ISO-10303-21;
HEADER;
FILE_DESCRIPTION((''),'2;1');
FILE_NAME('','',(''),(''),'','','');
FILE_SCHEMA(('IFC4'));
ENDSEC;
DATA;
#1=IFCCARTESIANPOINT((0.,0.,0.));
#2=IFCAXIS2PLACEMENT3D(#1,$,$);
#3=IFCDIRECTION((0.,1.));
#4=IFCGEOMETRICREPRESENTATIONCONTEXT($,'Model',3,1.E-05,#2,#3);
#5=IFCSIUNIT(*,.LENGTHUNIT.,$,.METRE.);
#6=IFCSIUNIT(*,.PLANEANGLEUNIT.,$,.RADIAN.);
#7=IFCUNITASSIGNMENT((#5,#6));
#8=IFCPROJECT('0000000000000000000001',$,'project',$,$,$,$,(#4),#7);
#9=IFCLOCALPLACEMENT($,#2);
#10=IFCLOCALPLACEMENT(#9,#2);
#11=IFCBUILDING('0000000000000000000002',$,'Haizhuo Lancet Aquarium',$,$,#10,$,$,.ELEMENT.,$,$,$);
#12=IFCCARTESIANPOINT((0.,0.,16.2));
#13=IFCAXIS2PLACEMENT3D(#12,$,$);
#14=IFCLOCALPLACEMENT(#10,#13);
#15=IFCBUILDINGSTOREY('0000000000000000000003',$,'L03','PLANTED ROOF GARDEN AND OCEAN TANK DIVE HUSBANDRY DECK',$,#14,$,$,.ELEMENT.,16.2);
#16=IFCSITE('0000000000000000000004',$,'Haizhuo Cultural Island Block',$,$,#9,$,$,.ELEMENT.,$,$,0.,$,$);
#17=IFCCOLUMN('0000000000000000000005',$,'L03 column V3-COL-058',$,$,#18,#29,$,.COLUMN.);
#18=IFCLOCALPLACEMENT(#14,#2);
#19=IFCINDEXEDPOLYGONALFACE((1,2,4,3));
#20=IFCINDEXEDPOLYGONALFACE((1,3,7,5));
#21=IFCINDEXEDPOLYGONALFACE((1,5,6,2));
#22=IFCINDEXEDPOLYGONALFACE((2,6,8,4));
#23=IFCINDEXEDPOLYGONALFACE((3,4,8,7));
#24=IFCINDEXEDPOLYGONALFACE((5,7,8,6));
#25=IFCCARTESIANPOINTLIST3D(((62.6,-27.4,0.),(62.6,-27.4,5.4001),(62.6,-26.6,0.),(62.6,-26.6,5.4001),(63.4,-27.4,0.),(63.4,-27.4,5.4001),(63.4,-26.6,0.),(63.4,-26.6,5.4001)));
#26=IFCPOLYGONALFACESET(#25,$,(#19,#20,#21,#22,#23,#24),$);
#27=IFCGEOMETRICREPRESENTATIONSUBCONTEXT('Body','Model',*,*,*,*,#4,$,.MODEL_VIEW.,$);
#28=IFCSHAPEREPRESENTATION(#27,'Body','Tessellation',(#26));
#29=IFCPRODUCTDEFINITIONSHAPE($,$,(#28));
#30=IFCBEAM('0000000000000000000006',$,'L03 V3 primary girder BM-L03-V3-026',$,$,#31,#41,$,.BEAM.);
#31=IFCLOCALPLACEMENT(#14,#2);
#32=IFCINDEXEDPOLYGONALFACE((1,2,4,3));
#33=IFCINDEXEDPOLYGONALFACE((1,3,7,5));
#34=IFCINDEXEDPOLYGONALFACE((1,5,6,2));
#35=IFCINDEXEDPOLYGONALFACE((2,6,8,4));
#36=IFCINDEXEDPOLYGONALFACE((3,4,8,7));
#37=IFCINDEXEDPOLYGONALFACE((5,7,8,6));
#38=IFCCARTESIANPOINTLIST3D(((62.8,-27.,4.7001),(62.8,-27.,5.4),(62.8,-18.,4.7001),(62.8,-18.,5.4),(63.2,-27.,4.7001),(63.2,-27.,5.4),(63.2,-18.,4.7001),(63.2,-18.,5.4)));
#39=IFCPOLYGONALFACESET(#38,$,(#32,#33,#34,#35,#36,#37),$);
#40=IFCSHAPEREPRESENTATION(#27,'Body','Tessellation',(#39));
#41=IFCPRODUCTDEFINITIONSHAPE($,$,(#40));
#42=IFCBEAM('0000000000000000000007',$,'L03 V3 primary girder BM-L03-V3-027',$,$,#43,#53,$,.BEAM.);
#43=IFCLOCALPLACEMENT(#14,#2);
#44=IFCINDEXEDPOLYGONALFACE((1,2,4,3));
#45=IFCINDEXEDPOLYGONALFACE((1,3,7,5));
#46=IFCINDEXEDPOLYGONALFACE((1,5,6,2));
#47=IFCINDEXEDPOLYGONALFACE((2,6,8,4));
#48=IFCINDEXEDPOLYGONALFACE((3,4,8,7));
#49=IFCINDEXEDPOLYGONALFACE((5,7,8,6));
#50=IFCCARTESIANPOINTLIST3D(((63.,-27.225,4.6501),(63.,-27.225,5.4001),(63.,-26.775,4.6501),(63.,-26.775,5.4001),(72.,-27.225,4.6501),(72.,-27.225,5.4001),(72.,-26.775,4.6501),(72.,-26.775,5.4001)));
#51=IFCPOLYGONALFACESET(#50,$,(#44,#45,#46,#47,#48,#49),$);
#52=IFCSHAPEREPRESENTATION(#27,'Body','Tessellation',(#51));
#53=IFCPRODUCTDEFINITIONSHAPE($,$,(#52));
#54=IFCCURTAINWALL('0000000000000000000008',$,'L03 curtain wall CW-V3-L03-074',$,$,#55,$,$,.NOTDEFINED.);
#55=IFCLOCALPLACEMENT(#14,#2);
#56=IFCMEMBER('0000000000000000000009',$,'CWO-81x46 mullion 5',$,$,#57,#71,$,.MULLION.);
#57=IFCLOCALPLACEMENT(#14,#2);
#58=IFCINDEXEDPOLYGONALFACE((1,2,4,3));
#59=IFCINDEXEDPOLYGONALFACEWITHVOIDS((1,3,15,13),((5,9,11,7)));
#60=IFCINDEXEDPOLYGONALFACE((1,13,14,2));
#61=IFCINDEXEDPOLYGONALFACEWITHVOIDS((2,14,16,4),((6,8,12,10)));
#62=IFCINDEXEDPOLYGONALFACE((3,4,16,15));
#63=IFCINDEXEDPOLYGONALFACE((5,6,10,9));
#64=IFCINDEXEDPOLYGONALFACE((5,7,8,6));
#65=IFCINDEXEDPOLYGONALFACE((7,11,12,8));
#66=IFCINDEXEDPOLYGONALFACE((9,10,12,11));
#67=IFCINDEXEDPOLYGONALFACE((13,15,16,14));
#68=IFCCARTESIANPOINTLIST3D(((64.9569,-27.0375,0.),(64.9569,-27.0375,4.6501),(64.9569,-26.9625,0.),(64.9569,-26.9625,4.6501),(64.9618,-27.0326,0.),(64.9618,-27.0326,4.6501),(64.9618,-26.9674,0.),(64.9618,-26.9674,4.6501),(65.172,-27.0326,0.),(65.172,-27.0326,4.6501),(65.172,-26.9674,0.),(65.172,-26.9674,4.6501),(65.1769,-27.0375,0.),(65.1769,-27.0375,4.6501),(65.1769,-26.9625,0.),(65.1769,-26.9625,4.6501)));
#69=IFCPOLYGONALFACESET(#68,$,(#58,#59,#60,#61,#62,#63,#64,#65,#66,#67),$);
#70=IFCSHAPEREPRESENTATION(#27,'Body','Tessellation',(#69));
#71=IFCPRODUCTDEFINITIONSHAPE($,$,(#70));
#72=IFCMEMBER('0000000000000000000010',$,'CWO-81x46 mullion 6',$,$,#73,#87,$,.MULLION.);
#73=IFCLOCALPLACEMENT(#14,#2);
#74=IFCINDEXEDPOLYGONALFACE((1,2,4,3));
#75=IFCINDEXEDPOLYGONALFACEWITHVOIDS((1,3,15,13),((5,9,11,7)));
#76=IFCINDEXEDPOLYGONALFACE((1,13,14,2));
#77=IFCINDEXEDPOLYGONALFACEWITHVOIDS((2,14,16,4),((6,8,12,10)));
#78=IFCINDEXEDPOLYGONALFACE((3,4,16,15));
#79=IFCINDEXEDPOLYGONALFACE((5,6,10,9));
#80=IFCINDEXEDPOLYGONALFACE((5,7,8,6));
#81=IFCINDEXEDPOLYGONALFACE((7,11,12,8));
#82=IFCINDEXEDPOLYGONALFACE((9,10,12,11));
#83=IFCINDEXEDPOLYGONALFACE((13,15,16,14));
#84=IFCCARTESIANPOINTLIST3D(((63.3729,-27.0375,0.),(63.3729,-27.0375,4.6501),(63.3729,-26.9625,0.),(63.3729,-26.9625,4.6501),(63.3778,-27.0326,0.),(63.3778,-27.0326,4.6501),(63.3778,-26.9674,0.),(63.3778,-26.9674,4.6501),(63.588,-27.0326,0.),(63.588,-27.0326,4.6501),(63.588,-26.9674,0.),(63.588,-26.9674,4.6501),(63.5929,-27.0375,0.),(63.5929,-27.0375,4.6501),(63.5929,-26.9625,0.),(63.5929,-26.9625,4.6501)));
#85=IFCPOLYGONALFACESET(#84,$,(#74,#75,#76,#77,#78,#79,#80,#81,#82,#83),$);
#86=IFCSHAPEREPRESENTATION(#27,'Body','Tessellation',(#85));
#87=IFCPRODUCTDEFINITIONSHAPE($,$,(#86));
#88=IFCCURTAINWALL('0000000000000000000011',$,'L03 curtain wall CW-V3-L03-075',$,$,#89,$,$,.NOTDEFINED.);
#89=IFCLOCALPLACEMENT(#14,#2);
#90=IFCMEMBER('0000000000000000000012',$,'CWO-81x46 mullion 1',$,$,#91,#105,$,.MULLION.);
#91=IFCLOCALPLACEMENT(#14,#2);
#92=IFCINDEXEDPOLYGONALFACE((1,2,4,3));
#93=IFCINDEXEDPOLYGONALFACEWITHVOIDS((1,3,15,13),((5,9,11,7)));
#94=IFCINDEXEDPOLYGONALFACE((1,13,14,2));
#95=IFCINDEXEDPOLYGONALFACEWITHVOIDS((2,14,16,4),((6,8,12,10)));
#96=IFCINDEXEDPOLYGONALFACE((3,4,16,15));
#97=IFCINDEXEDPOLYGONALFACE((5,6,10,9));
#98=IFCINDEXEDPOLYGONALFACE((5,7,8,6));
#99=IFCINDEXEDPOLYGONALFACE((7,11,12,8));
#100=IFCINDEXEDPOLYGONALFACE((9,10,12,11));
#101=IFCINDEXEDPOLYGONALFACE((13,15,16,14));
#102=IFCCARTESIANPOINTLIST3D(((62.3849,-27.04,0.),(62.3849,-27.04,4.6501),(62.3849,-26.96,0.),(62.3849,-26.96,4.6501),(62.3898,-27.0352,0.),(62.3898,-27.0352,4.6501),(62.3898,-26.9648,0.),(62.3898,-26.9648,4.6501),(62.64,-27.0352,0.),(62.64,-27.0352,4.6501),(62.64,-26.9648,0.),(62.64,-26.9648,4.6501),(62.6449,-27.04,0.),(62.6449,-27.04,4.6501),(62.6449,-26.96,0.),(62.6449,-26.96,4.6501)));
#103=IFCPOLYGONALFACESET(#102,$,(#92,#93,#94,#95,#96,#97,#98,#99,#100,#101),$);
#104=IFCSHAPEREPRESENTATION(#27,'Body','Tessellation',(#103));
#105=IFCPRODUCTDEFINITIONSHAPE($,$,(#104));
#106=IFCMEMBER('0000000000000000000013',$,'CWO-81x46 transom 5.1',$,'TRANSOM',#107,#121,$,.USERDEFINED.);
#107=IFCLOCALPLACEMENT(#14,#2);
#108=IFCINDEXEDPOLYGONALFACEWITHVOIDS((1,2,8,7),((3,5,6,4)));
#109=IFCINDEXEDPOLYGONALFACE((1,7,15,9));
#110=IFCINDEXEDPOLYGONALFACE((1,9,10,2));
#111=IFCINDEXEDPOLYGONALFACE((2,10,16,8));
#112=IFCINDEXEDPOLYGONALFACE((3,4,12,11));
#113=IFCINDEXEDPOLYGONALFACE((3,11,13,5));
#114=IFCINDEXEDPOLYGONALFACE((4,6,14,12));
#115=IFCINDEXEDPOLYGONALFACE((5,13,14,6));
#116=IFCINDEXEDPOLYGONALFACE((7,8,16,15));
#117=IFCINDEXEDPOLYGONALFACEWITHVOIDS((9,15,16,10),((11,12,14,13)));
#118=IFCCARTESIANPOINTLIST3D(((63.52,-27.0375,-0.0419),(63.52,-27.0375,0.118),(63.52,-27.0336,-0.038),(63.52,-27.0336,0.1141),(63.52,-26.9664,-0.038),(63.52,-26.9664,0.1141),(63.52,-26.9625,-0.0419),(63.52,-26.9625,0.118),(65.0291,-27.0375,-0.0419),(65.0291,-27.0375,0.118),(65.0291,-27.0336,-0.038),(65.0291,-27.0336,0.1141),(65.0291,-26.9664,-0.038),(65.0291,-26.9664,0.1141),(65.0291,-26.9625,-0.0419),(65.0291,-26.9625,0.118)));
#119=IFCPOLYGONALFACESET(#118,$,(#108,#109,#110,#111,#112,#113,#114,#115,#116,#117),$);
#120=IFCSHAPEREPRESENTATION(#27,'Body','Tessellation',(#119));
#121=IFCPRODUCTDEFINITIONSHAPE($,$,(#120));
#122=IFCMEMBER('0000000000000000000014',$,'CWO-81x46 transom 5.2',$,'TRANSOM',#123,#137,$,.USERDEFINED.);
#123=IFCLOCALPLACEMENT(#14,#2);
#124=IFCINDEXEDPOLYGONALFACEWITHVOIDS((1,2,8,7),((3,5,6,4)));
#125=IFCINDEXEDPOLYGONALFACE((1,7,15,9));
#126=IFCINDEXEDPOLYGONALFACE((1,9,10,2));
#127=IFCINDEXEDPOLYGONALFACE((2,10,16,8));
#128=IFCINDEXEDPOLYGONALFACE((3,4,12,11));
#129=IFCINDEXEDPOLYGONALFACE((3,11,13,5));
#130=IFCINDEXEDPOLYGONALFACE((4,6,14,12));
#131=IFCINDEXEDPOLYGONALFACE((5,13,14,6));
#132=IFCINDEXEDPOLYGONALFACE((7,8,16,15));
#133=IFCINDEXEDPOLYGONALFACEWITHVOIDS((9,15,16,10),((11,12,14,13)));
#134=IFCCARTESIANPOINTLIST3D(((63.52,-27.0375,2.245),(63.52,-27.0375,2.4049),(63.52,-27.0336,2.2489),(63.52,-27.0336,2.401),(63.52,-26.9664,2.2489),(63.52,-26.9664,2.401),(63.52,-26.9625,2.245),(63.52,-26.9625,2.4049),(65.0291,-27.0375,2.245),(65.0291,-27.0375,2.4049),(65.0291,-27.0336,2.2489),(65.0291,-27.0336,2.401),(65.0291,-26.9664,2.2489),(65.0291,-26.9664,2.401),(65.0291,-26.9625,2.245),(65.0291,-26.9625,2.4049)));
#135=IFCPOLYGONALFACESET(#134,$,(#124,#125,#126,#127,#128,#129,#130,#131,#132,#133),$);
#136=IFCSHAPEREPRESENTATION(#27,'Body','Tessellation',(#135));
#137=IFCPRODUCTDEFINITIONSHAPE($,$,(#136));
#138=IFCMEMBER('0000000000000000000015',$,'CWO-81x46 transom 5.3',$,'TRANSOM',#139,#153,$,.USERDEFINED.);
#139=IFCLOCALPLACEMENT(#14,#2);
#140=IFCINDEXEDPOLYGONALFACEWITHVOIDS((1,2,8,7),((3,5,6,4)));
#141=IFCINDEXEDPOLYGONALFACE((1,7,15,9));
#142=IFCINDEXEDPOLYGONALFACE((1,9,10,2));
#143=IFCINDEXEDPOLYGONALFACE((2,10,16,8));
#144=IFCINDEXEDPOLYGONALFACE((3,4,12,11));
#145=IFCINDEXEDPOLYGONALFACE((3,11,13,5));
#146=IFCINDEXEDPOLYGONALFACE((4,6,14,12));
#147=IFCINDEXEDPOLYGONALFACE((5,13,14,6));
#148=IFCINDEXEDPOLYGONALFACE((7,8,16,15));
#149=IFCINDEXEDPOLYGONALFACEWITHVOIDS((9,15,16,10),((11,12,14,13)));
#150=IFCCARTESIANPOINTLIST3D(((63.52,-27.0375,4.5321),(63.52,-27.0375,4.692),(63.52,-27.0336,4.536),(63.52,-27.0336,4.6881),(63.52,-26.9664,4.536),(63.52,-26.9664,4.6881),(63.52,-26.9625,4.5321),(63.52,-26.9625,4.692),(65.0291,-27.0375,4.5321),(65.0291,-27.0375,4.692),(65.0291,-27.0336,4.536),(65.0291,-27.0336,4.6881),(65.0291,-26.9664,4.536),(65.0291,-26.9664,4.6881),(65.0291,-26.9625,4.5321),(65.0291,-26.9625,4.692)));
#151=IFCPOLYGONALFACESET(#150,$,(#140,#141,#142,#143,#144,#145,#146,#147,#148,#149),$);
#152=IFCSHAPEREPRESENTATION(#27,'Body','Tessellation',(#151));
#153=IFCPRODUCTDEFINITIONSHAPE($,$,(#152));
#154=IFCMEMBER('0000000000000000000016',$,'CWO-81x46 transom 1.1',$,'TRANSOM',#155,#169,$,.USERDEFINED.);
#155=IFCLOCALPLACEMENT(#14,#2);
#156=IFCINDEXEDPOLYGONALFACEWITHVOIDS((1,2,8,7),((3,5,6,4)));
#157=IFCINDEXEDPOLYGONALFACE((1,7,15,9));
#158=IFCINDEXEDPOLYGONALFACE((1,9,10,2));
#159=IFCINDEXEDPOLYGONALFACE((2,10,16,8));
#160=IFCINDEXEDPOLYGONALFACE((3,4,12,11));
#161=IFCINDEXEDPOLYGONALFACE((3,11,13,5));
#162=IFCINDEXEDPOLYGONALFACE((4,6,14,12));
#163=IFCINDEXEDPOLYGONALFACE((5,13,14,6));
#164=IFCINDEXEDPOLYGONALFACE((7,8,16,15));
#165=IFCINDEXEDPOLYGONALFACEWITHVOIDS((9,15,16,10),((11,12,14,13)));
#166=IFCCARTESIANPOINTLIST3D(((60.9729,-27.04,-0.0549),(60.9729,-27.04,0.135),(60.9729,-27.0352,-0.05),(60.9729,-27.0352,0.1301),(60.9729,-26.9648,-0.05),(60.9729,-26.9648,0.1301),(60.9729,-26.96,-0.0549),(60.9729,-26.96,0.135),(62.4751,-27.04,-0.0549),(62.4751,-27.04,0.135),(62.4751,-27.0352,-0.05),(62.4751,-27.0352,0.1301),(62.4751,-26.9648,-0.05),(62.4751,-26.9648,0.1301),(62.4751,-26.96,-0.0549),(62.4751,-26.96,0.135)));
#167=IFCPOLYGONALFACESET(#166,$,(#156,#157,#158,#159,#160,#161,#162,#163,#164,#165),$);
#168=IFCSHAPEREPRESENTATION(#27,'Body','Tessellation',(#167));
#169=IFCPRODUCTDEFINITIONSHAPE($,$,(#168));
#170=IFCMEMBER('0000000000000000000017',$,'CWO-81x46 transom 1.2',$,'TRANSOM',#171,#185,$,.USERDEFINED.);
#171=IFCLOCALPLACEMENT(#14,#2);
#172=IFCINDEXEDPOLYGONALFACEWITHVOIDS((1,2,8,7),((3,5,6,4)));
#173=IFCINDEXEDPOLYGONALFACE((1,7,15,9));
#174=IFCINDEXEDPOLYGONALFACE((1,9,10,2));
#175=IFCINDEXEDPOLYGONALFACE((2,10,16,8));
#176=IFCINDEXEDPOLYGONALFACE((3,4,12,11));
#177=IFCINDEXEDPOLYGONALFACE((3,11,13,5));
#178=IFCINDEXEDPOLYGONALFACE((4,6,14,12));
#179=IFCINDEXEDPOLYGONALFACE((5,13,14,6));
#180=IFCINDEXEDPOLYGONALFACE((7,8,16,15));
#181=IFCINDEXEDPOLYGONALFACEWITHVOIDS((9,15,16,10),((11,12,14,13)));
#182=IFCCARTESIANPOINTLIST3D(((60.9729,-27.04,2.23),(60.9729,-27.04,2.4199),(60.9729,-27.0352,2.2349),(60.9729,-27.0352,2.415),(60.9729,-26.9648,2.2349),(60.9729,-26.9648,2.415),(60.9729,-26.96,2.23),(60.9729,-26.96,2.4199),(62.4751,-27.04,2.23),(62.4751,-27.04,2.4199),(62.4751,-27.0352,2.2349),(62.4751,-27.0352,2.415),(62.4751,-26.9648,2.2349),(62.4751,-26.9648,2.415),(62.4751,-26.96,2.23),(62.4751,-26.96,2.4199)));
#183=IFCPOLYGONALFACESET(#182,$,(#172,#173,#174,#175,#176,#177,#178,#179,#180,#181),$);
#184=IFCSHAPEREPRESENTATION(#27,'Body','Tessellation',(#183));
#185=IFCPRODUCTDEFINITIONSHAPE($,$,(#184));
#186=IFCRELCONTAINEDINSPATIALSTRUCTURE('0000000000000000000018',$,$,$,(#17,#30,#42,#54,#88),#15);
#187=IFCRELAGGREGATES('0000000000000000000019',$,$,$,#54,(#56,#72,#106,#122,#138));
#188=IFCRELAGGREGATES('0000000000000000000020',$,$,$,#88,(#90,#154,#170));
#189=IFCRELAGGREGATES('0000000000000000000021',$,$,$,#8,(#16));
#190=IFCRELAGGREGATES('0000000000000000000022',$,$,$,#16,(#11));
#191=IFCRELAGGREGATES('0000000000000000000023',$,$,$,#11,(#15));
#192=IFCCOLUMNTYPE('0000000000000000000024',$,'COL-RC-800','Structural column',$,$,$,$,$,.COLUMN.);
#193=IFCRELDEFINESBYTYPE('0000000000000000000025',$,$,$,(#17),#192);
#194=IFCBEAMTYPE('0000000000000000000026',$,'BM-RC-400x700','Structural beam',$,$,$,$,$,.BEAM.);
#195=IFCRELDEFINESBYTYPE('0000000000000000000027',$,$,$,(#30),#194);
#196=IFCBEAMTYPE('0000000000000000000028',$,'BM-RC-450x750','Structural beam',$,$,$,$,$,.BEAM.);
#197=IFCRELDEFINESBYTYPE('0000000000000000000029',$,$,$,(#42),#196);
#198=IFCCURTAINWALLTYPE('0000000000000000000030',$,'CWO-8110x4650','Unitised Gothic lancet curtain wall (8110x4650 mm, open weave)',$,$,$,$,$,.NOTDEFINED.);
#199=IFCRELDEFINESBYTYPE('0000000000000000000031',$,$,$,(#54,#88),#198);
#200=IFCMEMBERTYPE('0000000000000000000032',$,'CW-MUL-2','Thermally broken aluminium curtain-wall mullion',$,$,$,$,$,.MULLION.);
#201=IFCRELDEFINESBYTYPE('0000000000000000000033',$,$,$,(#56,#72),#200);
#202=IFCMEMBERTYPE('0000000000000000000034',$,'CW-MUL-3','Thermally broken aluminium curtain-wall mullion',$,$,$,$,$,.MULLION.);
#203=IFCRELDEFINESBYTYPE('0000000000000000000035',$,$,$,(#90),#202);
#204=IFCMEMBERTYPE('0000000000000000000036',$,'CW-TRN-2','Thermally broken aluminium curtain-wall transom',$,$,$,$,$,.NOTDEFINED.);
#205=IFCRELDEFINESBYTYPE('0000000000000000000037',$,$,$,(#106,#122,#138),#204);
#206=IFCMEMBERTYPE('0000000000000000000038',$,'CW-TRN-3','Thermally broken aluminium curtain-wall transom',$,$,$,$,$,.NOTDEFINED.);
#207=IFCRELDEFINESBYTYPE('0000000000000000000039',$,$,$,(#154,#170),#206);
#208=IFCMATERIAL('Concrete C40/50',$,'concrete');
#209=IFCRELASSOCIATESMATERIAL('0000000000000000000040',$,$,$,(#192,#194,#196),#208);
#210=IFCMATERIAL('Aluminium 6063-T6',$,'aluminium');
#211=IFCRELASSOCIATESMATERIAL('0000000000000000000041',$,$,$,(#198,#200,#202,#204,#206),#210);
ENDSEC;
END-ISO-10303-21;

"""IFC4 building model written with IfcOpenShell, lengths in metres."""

from ifc_helpers import new_model, si_unit, direction, frame, origin, origin_2d, place, context, subcontext, project, spatial, rectangle, hollow_rectangle, extrude, material, material_profile, profile_set, type_object, element, aggregate, save


model = new_model("IFC4")

# Units and contexts
model_context = context("Model", 3, precision=1e-05, world=origin(), true_north=direction((0.0, 1.0)))
body_context = subcontext(model_context, "Body", "Model", "MODEL_VIEW")
ifc_project = project(units=[si_unit("LENGTHUNIT", "METRE"), si_unit("PLANEANGLEUNIT", "RADIAN")], contexts=[model_context])

# Site, building, storey
site_placement = place(None, origin())
site = spatial("IfcSite", under=ifc_project, at=site_placement, Name="Haizhuo Cultural Island Block", CompositionType="ELEMENT", RefElevation=0.0)
building_placement = place(site_placement, origin())
building = spatial("IfcBuilding", under=site, at=building_placement, Name="Haizhuo Lancet Aquarium", CompositionType="ELEMENT")
storey_placement = place(building_placement, frame((0.0, 0.0, 16.2)))
storey = spatial("IfcBuildingStorey", under=building, at=storey_placement, Name="L03", Description="PLANTED ROOF GARDEN AND OCEAN TANK DIVE HUSBANDRY DECK", CompositionType="ELEMENT", Elevation=16.2)

# Column
ifc_material_1 = material(Name="Concrete C40/50", Category="concrete")
ifc_material_profile_1 = material_profile(ifc_material_1, rectangle(XDim=0.8, YDim=0.8, at=origin_2d()), Name="RC-COL 800x800")
ifc_profile_set_1 = profile_set([ifc_material_profile_1], Name="Concrete C40/50")
column_type = type_object("IfcColumnType", Name="COL-RC-800", Description="Structural column", PredefinedType="COLUMN", material=ifc_profile_set_1)
column_placement = place(storey_placement, frame((63.0, -27.0, 0.0), z_axis=(0.0, 0.0, 1.0), x_axis=(1.0, 0.0, 0.0)))
element("IfcColumn", 1, at=column_placement, inside=storey, type_object=column_type, Name="L03 column V3-COL-058", PredefinedType="COLUMN", context=body_context, shape_type="SweptSolid", body=[
    extrude(rectangle(XDim=0.8, YDim=0.8, at=origin_2d()), origin(), (0.0, 0.0, 1.0), 5.4001),
])

# Beams
ifc_material_profile_2 = material_profile(ifc_material_1, rectangle(XDim=0.3999, YDim=0.7, at=origin_2d()), Name="RC-BM 400x700")
ifc_profile_set_2 = profile_set([ifc_material_profile_2], Name="Concrete C40/50")
beam_type_1 = type_object("IfcBeamType", Name="BM-RC-400x700", Description="Structural beam", PredefinedType="BEAM", material=ifc_profile_set_2)
beam_1_placement = place(storey_placement, frame((63.0, -27.0, 5.05), z_axis=(0.0, 1.0, 0.0), x_axis=(-1.0, 0.0, 0.0)))
element("IfcBeam", 2, at=beam_1_placement, inside=storey, type_object=beam_type_1, Name="L03 V3 primary girder BM-L03-V3-026", PredefinedType="BEAM", context=body_context, shape_type="SweptSolid", body=[
    extrude(rectangle(XDim=0.3999, YDim=0.7, at=origin_2d()), origin(), (0.0, 0.0, 1.0), 9.0),
])
ifc_material_profile_3 = material_profile(ifc_material_1, rectangle(XDim=0.45, YDim=0.75, at=origin_2d()), Name="RC-BM 450x750")
ifc_profile_set_3 = profile_set([ifc_material_profile_3], Name="Concrete C40/50")
beam_type_2 = type_object("IfcBeamType", Name="BM-RC-450x750", Description="Structural beam", PredefinedType="BEAM", material=ifc_profile_set_3)
beam_2_placement = place(storey_placement, frame((63.0, -27.0, 5.0251), z_axis=(1.0, 0.0, 0.0), x_axis=(0.0, 1.0, 0.0)))
element("IfcBeam", 3, at=beam_2_placement, inside=storey, type_object=beam_type_2, Name="L03 V3 primary girder BM-L03-V3-027", PredefinedType="BEAM", context=body_context, shape_type="SweptSolid", body=[
    extrude(rectangle(XDim=0.45, YDim=0.75, at=origin_2d()), origin(), (0.0, 0.0, 1.0), 9.0),
])

# Curtain wall, members
ifc_material_2 = material(Name="Aluminium 6063-T6", Category="aluminium")
curtain_wall_type = type_object("IfcCurtainWallType", Name="CWO-8110x4650", Description="Unitised Gothic lancet curtain wall (8110x4650 mm, open weave)", PredefinedType="NOTDEFINED", material=ifc_material_2)
curtain_wall_1_placement = place(storey_placement, origin())
curtain_wall_1 = element("IfcCurtainWall", 4, at=curtain_wall_1_placement, inside=storey, type_object=curtain_wall_type, Name="L03 curtain wall CW-V3-L03-074", PredefinedType="NOTDEFINED")
ifc_material_profile_4 = material_profile(ifc_material_2, hollow_rectangle(XDim=0.075, YDim=0.22, WallThickness=0.0049, at=origin_2d()), Name="ALU-M 75x220x5")
ifc_profile_set_4 = profile_set([ifc_material_profile_4], Name="Aluminium 6063-T6")
member_type_1 = type_object("IfcMemberType", Name="CW-MUL-2", Description="Thermally broken aluminium curtain-wall mullion", PredefinedType="MULLION", material=ifc_profile_set_4)
member_1_placement = place(storey_placement, frame((65.0669, -27.0, 0.0), z_axis=(0.0, 0.0, 1.0), x_axis=(0.0, -1.0, 0.0)))
member_1 = element("IfcMember", 5, at=member_1_placement, type_object=member_type_1, Name="CWO-81x46 mullion 5", PredefinedType="MULLION", context=body_context, shape_type="SweptSolid", body=[
    extrude(hollow_rectangle(XDim=0.075, YDim=0.22, WallThickness=0.0049, at=origin_2d()), origin(), (0.0, 0.0, 1.0), 4.6501),
])
member_2_placement = place(storey_placement, frame((63.4829, -27.0, 0.0), z_axis=(0.0, 0.0, 1.0), x_axis=(0.0, -1.0, 0.0)))
member_2 = element("IfcMember", 6, at=member_2_placement, type_object=member_type_1, Name="CWO-81x46 mullion 6", PredefinedType="MULLION", context=body_context, shape_type="SweptSolid", body=[
    extrude(hollow_rectangle(XDim=0.075, YDim=0.22, WallThickness=0.0049, at=origin_2d()), origin(), (0.0, 0.0, 1.0), 4.6501),
])

# Curtain wall, member
curtain_wall_2_placement = place(storey_placement, origin())
curtain_wall_2 = element("IfcCurtainWall", 7, at=curtain_wall_2_placement, inside=storey, type_object=curtain_wall_type, Name="L03 curtain wall CW-V3-L03-075", PredefinedType="NOTDEFINED")
ifc_material_profile_5 = material_profile(ifc_material_2, hollow_rectangle(XDim=0.0801, YDim=0.26, WallThickness=0.0049, at=origin_2d()), Name="ALU-M 80x260x5")
ifc_profile_set_5 = profile_set([ifc_material_profile_5], Name="Aluminium 6063-T6")
member_type_2 = type_object("IfcMemberType", Name="CW-MUL-3", Description="Thermally broken aluminium curtain-wall mullion", PredefinedType="MULLION", material=ifc_profile_set_5)
member_3_placement = place(storey_placement, frame((62.5149, -27.0, 0.0), z_axis=(0.0, 0.0, 1.0), x_axis=(0.0, -1.0, 0.0)))
member_3 = element("IfcMember", 8, at=member_3_placement, type_object=member_type_2, Name="CWO-81x46 mullion 1", PredefinedType="MULLION", context=body_context, shape_type="SweptSolid", body=[
    extrude(hollow_rectangle(XDim=0.0801, YDim=0.26, WallThickness=0.0049, at=origin_2d()), origin(), (0.0, 0.0, 1.0), 4.6501),
])

# Members
ifc_material_profile_6 = material_profile(ifc_material_2, hollow_rectangle(XDim=0.075, YDim=0.1599, WallThickness=0.0039, at=origin_2d()), Name="ALU-T 75x160x4")
ifc_profile_set_6 = profile_set([ifc_material_profile_6], Name="Aluminium 6063-T6")
member_type_3 = type_object("IfcMemberType", Name="CW-TRN-2", Description="Thermally broken aluminium curtain-wall transom", PredefinedType="NOTDEFINED", material=ifc_profile_set_6)
member_4_placement = place(storey_placement, frame((65.0291, -27.0, 0.0381), z_axis=(-1.0, 0.0, 0.0), x_axis=(0.0, -1.0, 0.0)))
member_4 = element("IfcMember", 9, at=member_4_placement, type_object=member_type_3, Name="CWO-81x46 transom 5.1", ObjectType="TRANSOM", PredefinedType="USERDEFINED", context=body_context, shape_type="SweptSolid", body=[
    extrude(hollow_rectangle(XDim=0.075, YDim=0.1599, WallThickness=0.0039, at=origin_2d()), origin(), (0.0, 0.0, 1.0), 1.509),
])
member_5_placement = place(storey_placement, frame((65.0291, -27.0, 2.325), z_axis=(-1.0, 0.0, 0.0), x_axis=(0.0, -1.0, 0.0)))
member_5 = element("IfcMember", 10, at=member_5_placement, type_object=member_type_3, Name="CWO-81x46 transom 5.2", ObjectType="TRANSOM", PredefinedType="USERDEFINED", context=body_context, shape_type="SweptSolid", body=[
    extrude(hollow_rectangle(XDim=0.075, YDim=0.1599, WallThickness=0.0039, at=origin_2d()), origin(), (0.0, 0.0, 1.0), 1.509),
])
member_6_placement = place(storey_placement, frame((65.0291, -27.0, 4.6121), z_axis=(-1.0, 0.0, 0.0), x_axis=(0.0, -1.0, 0.0)))
member_6 = element("IfcMember", 11, at=member_6_placement, type_object=member_type_3, Name="CWO-81x46 transom 5.3", ObjectType="TRANSOM", PredefinedType="USERDEFINED", context=body_context, shape_type="SweptSolid", body=[
    extrude(hollow_rectangle(XDim=0.075, YDim=0.1599, WallThickness=0.0039, at=origin_2d()), origin(), (0.0, 0.0, 1.0), 1.509),
])
ifc_material_profile_7 = material_profile(ifc_material_2, hollow_rectangle(XDim=0.0801, YDim=0.1899, WallThickness=0.0049, at=origin_2d()), Name="ALU-T 80x190x5")
ifc_profile_set_7 = profile_set([ifc_material_profile_7], Name="Aluminium 6063-T6")
member_type_4 = type_object("IfcMemberType", Name="CW-TRN-3", Description="Thermally broken aluminium curtain-wall transom", PredefinedType="NOTDEFINED", material=ifc_profile_set_7)
member_7_placement = place(storey_placement, frame((62.4751, -27.0, 0.04), z_axis=(-1.0, 0.0, 0.0), x_axis=(0.0, -1.0, 0.0)))
member_7 = element("IfcMember", 12, at=member_7_placement, type_object=member_type_4, Name="CWO-81x46 transom 1.1", ObjectType="TRANSOM", PredefinedType="USERDEFINED", context=body_context, shape_type="SweptSolid", body=[
    extrude(hollow_rectangle(XDim=0.0801, YDim=0.1899, WallThickness=0.0049, at=origin_2d()), origin(), (0.0, 0.0, 1.0), 1.5022),
])
member_8_placement = place(storey_placement, frame((62.4751, -27.0, 2.325), z_axis=(-1.0, 0.0, 0.0), x_axis=(0.0, -1.0, 0.0)))
member_8 = element("IfcMember", 13, at=member_8_placement, type_object=member_type_4, Name="CWO-81x46 transom 1.2", ObjectType="TRANSOM", PredefinedType="USERDEFINED", context=body_context, shape_type="SweptSolid", body=[
    extrude(hollow_rectangle(XDim=0.0801, YDim=0.1899, WallThickness=0.0049, at=origin_2d()), origin(), (0.0, 0.0, 1.0), 1.5022),
])

aggregate(curtain_wall_1, [member_1, member_2, member_4, member_5, member_6])
aggregate(curtain_wall_2, [member_3, member_7, member_8])

save(model, "model.ifc")
